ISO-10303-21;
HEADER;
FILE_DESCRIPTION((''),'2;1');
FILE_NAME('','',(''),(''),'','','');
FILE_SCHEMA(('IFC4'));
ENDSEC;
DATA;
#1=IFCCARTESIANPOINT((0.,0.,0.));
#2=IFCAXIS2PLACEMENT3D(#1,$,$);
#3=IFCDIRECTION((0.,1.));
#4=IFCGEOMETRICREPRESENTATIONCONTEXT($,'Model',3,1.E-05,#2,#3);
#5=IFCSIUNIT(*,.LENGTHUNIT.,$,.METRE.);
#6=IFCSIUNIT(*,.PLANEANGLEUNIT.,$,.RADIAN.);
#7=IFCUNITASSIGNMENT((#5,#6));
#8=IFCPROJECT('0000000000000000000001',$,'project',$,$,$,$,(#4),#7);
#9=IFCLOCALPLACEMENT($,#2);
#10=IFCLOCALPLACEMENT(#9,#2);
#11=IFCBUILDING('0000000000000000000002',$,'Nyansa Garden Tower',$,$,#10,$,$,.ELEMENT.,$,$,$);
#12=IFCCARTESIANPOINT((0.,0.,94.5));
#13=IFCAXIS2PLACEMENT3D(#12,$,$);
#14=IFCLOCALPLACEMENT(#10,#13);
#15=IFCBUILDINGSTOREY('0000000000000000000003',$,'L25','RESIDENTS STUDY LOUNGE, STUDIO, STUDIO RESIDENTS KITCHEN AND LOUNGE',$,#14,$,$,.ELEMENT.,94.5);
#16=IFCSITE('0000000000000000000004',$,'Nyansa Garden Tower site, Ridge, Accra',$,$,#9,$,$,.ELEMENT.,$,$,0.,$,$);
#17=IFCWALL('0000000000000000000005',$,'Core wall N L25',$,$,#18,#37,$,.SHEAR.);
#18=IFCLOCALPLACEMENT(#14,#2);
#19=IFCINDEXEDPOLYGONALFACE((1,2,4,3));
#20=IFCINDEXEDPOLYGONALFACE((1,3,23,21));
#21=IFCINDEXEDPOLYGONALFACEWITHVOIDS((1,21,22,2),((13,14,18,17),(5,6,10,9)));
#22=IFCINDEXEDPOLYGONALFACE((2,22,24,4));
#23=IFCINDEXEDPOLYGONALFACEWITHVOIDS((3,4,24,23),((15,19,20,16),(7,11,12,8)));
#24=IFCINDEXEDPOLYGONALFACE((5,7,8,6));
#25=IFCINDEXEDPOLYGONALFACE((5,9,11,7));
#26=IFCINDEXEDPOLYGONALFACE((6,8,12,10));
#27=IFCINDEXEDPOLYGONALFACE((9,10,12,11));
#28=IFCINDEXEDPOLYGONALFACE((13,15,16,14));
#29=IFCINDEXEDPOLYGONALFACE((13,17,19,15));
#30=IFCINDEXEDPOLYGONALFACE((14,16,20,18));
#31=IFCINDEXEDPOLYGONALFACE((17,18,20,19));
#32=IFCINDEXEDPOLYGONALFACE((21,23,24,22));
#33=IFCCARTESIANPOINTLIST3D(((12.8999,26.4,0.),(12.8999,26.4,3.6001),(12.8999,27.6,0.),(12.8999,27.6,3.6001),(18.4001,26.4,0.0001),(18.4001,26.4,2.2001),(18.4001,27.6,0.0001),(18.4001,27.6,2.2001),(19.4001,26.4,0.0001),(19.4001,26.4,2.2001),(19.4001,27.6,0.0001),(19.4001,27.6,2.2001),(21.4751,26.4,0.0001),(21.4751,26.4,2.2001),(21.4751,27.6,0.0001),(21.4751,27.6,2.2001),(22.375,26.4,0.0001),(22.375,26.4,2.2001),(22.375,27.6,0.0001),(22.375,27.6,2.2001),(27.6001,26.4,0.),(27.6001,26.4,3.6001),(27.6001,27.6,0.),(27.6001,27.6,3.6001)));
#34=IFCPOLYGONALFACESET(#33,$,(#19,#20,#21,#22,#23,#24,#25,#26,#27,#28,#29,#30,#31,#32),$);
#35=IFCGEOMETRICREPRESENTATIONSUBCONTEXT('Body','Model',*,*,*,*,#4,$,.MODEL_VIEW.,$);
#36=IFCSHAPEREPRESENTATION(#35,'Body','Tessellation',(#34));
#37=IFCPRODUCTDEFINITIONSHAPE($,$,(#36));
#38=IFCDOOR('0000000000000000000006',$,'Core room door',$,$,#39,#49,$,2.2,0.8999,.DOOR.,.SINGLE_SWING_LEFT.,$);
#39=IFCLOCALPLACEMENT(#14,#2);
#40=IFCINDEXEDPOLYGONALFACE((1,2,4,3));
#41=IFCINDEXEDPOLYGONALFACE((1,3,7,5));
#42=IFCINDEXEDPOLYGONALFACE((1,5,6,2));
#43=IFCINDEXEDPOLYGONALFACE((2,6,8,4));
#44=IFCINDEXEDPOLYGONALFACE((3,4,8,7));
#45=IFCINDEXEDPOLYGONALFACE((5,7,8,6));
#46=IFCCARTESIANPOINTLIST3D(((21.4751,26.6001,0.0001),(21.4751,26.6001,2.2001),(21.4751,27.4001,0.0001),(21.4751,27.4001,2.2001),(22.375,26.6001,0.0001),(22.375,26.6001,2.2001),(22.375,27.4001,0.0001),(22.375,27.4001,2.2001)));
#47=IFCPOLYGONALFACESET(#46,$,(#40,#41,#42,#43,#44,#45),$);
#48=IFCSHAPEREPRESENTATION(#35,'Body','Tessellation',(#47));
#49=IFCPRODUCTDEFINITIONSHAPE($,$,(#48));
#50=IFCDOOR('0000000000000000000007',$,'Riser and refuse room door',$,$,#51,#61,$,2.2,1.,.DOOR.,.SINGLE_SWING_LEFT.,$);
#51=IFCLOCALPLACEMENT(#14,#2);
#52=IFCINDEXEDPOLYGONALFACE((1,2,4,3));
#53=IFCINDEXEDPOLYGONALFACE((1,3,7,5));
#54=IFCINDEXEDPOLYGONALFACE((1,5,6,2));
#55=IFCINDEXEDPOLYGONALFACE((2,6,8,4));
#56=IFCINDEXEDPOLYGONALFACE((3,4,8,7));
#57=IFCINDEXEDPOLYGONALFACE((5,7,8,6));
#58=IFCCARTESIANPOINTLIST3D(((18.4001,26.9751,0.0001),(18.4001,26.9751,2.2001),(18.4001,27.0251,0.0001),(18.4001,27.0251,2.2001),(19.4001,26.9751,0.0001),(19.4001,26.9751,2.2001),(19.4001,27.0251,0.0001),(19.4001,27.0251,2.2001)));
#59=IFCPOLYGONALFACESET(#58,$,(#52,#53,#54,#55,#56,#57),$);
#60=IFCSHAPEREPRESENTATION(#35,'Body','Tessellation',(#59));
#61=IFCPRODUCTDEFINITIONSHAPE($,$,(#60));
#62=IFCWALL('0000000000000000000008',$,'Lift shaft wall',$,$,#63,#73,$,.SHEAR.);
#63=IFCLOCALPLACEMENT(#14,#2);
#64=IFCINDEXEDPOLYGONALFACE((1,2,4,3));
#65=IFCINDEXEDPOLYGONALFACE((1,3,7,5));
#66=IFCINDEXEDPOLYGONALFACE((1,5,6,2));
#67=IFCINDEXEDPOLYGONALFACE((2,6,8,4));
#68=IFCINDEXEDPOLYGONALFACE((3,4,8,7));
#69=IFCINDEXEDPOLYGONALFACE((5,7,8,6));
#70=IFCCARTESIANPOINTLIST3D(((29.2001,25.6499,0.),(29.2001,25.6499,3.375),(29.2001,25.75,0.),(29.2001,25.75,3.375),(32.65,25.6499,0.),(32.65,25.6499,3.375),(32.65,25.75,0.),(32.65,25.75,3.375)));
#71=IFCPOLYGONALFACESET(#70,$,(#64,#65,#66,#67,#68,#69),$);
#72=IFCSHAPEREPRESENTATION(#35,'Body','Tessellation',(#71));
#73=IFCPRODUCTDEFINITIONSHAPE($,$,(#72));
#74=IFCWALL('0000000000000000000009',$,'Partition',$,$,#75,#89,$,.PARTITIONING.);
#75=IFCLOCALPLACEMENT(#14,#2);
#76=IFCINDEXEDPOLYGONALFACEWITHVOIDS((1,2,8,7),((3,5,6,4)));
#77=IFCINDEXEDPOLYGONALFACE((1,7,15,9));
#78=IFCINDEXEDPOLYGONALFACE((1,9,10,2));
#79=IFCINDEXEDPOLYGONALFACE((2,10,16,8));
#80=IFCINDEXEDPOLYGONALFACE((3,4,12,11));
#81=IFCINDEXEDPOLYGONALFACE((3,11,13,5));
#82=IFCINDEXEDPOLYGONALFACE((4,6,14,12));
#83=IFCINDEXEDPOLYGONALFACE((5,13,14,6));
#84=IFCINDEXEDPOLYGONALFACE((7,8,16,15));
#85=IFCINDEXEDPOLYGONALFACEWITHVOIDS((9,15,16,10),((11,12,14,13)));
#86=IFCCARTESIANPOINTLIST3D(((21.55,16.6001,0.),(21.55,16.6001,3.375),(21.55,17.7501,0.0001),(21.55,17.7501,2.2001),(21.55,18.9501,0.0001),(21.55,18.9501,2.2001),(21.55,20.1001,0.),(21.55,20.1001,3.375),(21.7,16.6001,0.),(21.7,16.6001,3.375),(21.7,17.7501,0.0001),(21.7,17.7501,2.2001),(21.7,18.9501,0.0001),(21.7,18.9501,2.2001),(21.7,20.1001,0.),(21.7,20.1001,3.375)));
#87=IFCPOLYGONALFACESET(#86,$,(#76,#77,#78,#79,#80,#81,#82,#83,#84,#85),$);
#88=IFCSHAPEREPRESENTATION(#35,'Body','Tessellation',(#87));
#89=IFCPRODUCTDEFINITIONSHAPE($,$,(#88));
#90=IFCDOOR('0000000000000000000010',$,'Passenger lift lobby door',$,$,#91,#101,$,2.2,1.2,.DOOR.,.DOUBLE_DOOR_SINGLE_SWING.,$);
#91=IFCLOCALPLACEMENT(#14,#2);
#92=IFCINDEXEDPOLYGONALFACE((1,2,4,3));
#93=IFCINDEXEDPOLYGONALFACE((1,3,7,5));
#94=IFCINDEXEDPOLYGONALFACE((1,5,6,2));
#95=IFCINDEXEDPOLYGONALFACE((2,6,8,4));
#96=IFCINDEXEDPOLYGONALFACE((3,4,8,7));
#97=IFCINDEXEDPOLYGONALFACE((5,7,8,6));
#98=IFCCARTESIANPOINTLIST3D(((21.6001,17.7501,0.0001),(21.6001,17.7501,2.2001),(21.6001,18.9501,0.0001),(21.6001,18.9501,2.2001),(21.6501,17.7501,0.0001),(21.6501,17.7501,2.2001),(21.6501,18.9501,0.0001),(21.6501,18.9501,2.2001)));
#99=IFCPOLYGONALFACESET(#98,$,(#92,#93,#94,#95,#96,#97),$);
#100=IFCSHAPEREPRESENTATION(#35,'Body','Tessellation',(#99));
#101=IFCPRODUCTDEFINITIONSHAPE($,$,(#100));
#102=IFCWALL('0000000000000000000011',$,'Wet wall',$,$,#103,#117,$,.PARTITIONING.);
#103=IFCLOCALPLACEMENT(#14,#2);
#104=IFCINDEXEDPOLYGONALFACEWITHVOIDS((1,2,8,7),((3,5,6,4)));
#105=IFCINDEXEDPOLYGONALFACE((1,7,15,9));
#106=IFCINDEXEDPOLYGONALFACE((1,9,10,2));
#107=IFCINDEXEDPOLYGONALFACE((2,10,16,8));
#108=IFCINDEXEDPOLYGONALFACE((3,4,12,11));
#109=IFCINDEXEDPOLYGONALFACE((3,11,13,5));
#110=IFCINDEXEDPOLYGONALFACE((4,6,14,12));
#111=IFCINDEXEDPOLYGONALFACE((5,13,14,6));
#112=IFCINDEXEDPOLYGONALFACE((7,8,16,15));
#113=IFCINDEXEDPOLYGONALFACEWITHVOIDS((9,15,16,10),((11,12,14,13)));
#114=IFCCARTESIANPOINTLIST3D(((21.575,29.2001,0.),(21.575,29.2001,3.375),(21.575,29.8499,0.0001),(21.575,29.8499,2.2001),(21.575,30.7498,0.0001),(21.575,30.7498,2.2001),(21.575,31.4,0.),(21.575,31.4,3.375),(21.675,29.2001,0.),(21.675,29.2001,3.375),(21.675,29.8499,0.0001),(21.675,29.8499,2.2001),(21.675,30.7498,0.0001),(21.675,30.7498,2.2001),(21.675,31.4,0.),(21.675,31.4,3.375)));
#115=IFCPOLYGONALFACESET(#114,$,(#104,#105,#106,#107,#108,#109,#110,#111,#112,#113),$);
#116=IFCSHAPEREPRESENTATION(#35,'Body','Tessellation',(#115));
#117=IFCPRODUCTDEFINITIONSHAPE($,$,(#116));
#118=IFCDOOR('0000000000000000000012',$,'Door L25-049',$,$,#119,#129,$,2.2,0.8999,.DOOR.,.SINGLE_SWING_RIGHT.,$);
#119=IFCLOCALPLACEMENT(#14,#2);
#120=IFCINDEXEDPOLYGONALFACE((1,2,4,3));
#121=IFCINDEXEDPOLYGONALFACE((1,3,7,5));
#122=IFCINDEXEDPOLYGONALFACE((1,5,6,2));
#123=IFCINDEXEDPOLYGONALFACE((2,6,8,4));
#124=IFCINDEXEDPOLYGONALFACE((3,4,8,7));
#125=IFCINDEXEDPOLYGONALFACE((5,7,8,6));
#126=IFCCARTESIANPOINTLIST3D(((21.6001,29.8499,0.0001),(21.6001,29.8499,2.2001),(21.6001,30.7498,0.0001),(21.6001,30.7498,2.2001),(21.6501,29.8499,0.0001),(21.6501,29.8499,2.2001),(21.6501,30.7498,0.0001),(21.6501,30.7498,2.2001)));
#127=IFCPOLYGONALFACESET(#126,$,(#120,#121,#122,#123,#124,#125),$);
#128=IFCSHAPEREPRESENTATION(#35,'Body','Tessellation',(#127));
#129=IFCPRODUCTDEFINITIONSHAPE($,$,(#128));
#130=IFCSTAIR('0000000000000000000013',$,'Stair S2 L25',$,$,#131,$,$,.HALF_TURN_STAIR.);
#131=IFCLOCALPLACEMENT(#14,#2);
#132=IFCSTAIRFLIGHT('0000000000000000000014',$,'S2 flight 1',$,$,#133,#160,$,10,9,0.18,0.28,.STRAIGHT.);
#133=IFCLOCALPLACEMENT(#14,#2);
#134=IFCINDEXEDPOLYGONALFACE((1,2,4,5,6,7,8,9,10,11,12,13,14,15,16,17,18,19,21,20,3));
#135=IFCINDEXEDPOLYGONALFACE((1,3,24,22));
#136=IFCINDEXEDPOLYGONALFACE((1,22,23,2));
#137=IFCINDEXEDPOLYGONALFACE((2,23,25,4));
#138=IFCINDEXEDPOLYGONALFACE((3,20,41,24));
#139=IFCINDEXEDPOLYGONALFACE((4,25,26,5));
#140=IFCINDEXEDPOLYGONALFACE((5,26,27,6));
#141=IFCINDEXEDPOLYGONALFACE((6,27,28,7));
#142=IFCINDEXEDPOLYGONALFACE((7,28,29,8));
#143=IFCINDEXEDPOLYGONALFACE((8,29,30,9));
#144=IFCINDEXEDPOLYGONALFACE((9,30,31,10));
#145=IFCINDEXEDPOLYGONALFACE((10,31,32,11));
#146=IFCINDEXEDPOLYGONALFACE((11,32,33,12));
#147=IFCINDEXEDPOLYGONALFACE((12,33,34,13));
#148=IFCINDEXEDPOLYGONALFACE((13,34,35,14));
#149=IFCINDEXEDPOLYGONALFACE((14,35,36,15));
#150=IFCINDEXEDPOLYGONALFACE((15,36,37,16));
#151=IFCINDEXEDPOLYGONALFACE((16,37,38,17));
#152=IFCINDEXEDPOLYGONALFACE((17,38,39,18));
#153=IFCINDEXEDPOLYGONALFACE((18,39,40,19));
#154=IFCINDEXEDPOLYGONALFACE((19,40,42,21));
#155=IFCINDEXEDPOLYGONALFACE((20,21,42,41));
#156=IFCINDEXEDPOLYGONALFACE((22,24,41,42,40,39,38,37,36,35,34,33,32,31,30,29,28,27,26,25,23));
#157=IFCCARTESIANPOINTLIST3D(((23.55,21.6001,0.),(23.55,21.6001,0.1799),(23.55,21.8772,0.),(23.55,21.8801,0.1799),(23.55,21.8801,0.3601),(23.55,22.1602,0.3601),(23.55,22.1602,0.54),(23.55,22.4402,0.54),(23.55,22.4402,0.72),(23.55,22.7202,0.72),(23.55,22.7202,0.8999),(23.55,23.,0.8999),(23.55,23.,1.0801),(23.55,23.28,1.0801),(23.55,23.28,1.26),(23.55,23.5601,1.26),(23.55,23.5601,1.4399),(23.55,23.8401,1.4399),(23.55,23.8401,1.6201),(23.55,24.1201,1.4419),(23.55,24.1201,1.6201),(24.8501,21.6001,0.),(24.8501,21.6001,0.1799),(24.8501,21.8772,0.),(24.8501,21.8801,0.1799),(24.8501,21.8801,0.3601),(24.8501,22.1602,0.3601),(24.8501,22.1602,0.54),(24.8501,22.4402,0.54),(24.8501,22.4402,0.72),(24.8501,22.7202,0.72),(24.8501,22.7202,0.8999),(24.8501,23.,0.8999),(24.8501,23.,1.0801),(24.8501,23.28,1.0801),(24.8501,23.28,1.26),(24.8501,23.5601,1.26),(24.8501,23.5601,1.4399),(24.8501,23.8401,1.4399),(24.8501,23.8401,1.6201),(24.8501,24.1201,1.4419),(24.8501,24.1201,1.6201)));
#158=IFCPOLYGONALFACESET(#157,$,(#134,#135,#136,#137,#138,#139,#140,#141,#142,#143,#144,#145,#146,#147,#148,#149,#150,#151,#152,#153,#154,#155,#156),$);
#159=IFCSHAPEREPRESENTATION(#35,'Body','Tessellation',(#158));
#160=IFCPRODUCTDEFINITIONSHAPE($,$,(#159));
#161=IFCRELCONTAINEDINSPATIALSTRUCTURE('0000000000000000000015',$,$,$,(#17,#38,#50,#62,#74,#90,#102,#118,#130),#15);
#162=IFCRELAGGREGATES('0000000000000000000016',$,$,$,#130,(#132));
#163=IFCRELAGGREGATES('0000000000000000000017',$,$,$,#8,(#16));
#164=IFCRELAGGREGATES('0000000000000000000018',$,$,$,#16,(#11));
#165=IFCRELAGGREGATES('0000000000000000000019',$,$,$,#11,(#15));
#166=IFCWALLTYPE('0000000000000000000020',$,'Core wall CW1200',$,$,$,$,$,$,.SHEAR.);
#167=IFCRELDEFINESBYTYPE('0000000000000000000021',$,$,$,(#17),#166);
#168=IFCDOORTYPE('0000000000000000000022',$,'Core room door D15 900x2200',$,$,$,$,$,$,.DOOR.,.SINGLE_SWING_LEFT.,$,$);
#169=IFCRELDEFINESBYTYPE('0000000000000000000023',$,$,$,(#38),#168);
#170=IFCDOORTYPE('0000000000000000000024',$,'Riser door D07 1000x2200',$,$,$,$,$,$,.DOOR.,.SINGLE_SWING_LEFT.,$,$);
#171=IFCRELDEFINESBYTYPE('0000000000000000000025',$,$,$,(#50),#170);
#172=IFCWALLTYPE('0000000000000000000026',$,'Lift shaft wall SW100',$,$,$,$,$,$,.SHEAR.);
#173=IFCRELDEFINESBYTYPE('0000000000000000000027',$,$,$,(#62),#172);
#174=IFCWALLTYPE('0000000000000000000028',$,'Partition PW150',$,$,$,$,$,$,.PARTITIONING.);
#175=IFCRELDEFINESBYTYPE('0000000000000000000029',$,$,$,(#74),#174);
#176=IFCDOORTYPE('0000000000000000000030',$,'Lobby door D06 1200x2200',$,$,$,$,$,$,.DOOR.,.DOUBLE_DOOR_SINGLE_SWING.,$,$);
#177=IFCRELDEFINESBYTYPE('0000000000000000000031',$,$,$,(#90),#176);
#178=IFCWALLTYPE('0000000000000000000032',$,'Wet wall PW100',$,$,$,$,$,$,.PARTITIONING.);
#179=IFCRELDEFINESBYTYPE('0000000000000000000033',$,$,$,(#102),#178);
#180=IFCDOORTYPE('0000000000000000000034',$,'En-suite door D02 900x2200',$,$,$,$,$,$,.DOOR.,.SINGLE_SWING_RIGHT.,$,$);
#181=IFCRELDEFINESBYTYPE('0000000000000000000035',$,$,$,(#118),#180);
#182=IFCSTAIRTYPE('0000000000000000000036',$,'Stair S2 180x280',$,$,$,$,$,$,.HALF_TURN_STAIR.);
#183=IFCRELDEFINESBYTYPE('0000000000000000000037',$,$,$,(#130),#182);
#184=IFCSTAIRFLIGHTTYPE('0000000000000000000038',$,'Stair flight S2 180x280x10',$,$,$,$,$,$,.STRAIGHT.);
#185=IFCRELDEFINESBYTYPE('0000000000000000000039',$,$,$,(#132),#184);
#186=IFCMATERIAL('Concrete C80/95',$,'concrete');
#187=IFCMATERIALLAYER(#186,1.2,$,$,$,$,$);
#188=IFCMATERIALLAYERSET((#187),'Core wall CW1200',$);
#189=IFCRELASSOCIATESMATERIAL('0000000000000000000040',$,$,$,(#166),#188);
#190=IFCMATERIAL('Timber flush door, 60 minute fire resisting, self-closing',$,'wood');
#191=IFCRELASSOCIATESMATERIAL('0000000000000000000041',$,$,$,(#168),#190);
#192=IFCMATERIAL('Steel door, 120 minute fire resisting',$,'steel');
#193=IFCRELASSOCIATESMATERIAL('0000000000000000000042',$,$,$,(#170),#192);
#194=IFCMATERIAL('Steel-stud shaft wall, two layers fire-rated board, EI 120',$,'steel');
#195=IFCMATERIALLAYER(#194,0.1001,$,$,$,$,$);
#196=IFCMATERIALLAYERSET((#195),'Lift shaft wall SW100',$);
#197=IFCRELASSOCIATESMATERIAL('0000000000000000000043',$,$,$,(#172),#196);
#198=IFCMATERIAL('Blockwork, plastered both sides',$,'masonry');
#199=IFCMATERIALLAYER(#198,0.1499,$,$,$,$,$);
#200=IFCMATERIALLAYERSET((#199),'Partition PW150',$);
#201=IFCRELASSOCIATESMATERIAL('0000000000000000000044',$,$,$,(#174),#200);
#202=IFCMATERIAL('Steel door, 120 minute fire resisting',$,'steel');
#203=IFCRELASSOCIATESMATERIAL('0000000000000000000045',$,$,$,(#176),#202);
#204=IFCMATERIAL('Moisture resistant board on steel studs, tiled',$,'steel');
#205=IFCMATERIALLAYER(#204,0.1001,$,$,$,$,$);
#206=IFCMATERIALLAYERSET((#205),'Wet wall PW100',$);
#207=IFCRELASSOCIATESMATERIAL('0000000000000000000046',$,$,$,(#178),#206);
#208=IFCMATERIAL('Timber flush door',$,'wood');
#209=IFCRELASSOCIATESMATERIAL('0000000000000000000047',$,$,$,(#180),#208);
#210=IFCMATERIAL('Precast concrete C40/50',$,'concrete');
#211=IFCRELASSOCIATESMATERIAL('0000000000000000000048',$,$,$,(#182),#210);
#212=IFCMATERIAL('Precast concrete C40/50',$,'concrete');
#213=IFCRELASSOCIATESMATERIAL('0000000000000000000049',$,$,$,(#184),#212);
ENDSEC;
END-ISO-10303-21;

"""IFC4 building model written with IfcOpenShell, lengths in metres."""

from ifc_helpers import new_model, si_unit, direction, frame, frame_2d, origin, place, context, subcontext, project, spatial, polyline, rectangle, outline, extrude, material, layer, layer_set, type_object, element, fill, aggregate, save


model = new_model("IFC4")

# Units and contexts
model_context = context("Model", 3, precision=1e-05, world=origin(), true_north=direction((0.0, 1.0)))
body_context = subcontext(model_context, "Body", "Model", "MODEL_VIEW")
ifc_project = project(units=[si_unit("LENGTHUNIT", "METRE"), si_unit("PLANEANGLEUNIT", "RADIAN")], contexts=[model_context])

# Site, building, storey
site_placement = place(None, origin())
site = spatial("IfcSite", under=ifc_project, at=site_placement, Name="Nyansa Garden Tower site, Ridge, Accra", CompositionType="ELEMENT", RefElevation=0.0)
building_placement = place(site_placement, origin())
building = spatial("IfcBuilding", under=site, at=building_placement, Name="Nyansa Garden Tower", CompositionType="ELEMENT")
storey_placement = place(building_placement, frame((0.0, 0.0, 94.5)))
storey = spatial("IfcBuildingStorey", under=building, at=storey_placement, Name="L25", Description="RESIDENTS STUDY LOUNGE, STUDIO, STUDIO RESIDENTS KITCHEN AND LOUNGE", CompositionType="ELEMENT", Elevation=94.5)

# Wall, openings, doors
ifc_material_1 = material(Name="Concrete C80/95", Category="concrete")
ifc_layer_1 = layer(ifc_material_1, 1.2)
ifc_layer_set_1 = layer_set([ifc_layer_1], Name="Core wall CW1200")
wall_type_1 = type_object("IfcWallType", Name="Core wall CW1200", PredefinedType="SHEAR", material=ifc_layer_set_1)
wall_1_placement = place(storey_placement, frame((27.6001, 27.0, 0.0), z_axis=(0.0, 0.0, 1.0), x_axis=(-1.0, 0.0, 0.0)))
wall_1 = element("IfcWall", 1, at=wall_1_placement, inside=storey, type_object=wall_type_1, Name="Core wall N L25", PredefinedType="SHEAR", context=body_context, shape_type="SweptSolid", body=[
    extrude(rectangle(XDim=14.7002, YDim=1.2, at=frame_2d((7.3501, 0.0))), origin(), (0.0, 0.0, 1.0), 3.6001),
])
opening_1_placement = place(wall_1_placement, frame((5.2251, 0.0, 0.0)))
opening_1 = element("IfcOpeningElement", 2, at=opening_1_placement, cuts=wall_1, PredefinedType="OPENING", context=body_context, shape_type="SweptSolid", body=[
    extrude(rectangle(XDim=0.8999, YDim=2.2, at=frame_2d((0.45, 1.1001))), frame((0.0, 0.6099, 0.0), z_axis=(0.0, -1.0, 0.0), x_axis=(1.0, 0.0, 0.0)), (0.0, 0.0, 1.0), 1.22),
])
opening_2_placement = place(wall_1_placement, frame((8.2, 0.0, 0.0)))
opening_2 = element("IfcOpeningElement", 3, at=opening_2_placement, cuts=wall_1, PredefinedType="OPENING", context=body_context, shape_type="SweptSolid", body=[
    extrude(rectangle(XDim=1.0, YDim=2.2, at=frame_2d((0.5, 1.1001))), frame((0.0, 0.6099, 0.0), z_axis=(0.0, -1.0, 0.0), x_axis=(1.0, 0.0, 0.0)), (0.0, 0.0, 1.0), 1.22),
])
ifc_material_2 = material(Name="Timber flush door, 60 minute fire resisting, self-closing", Category="wood")
door_type_1 = type_object("IfcDoorType", Name="Core room door D15 900x2200", OperationType="SINGLE_SWING_LEFT", PredefinedType="DOOR", material=ifc_material_2)
door_1_placement = place(opening_1_placement, origin())
door_1 = element("IfcDoor", 4, at=door_1_placement, inside=storey, type_object=door_type_1, Name="Core room door", OperationType="SINGLE_SWING_LEFT", OverallHeight=2.2, OverallWidth=0.8999, PredefinedType="DOOR", context=body_context, shape_type="SweptSolid", body=[
    extrude(rectangle(XDim=0.8999, YDim=2.2, at=frame_2d((0.45, 1.1001))), frame((0.0, 0.3999, 0.0), z_axis=(0.0, -1.0, 0.0), x_axis=(1.0, 0.0, 0.0)), (0.0, 0.0, 1.0), 0.8),
])
fill(opening_1, door_1)
ifc_material_3 = material(Name="Steel door, 120 minute fire resisting", Category="steel")
door_type_2 = type_object("IfcDoorType", Name="Riser door D07 1000x2200", OperationType="SINGLE_SWING_LEFT", PredefinedType="DOOR", material=ifc_material_3)
door_2_placement = place(opening_2_placement, origin())
door_2 = element("IfcDoor", 5, at=door_2_placement, inside=storey, type_object=door_type_2, Name="Riser and refuse room door", OperationType="SINGLE_SWING_LEFT", OverallHeight=2.2, OverallWidth=1.0, PredefinedType="DOOR", context=body_context, shape_type="SweptSolid", body=[
    extrude(rectangle(XDim=1.0, YDim=2.2, at=frame_2d((0.5, 1.1001))), frame((0.0, 0.0249, 0.0), z_axis=(0.0, -1.0, 0.0), x_axis=(1.0, 0.0, 0.0)), (0.0, 0.0, 1.0), 0.05),
])
fill(opening_2, door_2)

# Wall
ifc_material_4 = material(Name="Steel-stud shaft wall, two layers fire-rated board, EI 120", Category="steel")
ifc_layer_2 = layer(ifc_material_4, 0.1001)
ifc_layer_set_2 = layer_set([ifc_layer_2], Name="Lift shaft wall SW100")
wall_type_2 = type_object("IfcWallType", Name="Lift shaft wall SW100", PredefinedType="SHEAR", material=ifc_layer_set_2)
wall_2_placement = place(storey_placement, frame((29.2, 25.7, 0.0), z_axis=(0.0, 0.0, 1.0), x_axis=(1.0, 0.0, 0.0)))
element("IfcWall", 6, at=wall_2_placement, inside=storey, type_object=wall_type_2, Name="Lift shaft wall", PredefinedType="SHEAR", context=body_context, shape_type="SweptSolid", body=[
    extrude(rectangle(XDim=3.45, YDim=0.1001, at=frame_2d((1.7251, 0.0))), origin(), (0.0, 0.0, 1.0), 3.375),
])

# Walls, openings, doors
ifc_material_5 = material(Name="Blockwork, plastered both sides", Category="masonry")
ifc_layer_3 = layer(ifc_material_5, 0.1499)
ifc_layer_set_3 = layer_set([ifc_layer_3], Name="Partition PW150")
wall_type_3 = type_object("IfcWallType", Name="Partition PW150", PredefinedType="PARTITIONING", material=ifc_layer_set_3)
wall_3_placement = place(storey_placement, frame((21.625, 16.6001, 0.0), z_axis=(0.0, 0.0, 1.0), x_axis=(0.0, 1.0, 0.0)))
wall_3 = element("IfcWall", 7, at=wall_3_placement, inside=storey, type_object=wall_type_3, Name="Partition", PredefinedType="PARTITIONING", context=body_context, shape_type="SweptSolid", body=[
    extrude(rectangle(XDim=3.5, YDim=0.1499, at=frame_2d((1.75, 0.0))), origin(), (0.0, 0.0, 1.0), 3.375),
])
opening_3_placement = place(wall_3_placement, frame((1.1499, 0.0, 0.0)))
opening_3 = element("IfcOpeningElement", 8, at=opening_3_placement, cuts=wall_3, PredefinedType="OPENING", context=body_context, shape_type="SweptSolid", body=[
    extrude(rectangle(XDim=1.2, YDim=2.2, at=frame_2d((0.6001, 1.1001))), frame((0.0, 0.085, 0.0), z_axis=(0.0, -1.0, 0.0), x_axis=(1.0, 0.0, 0.0)), (0.0, 0.0, 1.0), 0.1699),
])
ifc_material_6 = material(Name="Steel door, 120 minute fire resisting", Category="steel")
door_type_3 = type_object("IfcDoorType", Name="Lobby door D06 1200x2200", OperationType="DOUBLE_DOOR_SINGLE_SWING", PredefinedType="DOOR", material=ifc_material_6)
door_3_placement = place(opening_3_placement, origin())
door_3 = element("IfcDoor", 9, at=door_3_placement, inside=storey, type_object=door_type_3, Name="Passenger lift lobby door", OperationType="DOUBLE_DOOR_SINGLE_SWING", OverallHeight=2.2, OverallWidth=1.2, PredefinedType="DOOR", context=body_context, shape_type="SweptSolid", body=[
    extrude(rectangle(XDim=1.2, YDim=2.2, at=frame_2d((0.6001, 1.1001))), frame((0.0, 0.0249, 0.0), z_axis=(0.0, -1.0, 0.0), x_axis=(1.0, 0.0, 0.0)), (0.0, 0.0, 1.0), 0.05),
])
fill(opening_3, door_3)
ifc_material_7 = material(Name="Moisture resistant board on steel studs, tiled", Category="steel")
ifc_layer_4 = layer(ifc_material_7, 0.1001)
ifc_layer_set_4 = layer_set([ifc_layer_4], Name="Wet wall PW100")
wall_type_4 = type_object("IfcWallType", Name="Wet wall PW100", PredefinedType="PARTITIONING", material=ifc_layer_set_4)
wall_4_placement = place(storey_placement, frame((21.625, 29.2, 0.0), z_axis=(0.0, 0.0, 1.0), x_axis=(0.0, 1.0, 0.0)))
wall_4 = element("IfcWall", 10, at=wall_4_placement, inside=storey, type_object=wall_type_4, Name="Wet wall", PredefinedType="PARTITIONING", context=body_context, shape_type="SweptSolid", body=[
    extrude(rectangle(XDim=2.2, YDim=0.1001, at=frame_2d((1.1001, 0.0))), origin(), (0.0, 0.0, 1.0), 3.375),
])
opening_4_placement = place(wall_4_placement, frame((0.6499, 0.0, 0.0)))
opening_4 = element("IfcOpeningElement", 11, at=opening_4_placement, cuts=wall_4, PredefinedType="OPENING", context=body_context, shape_type="SweptSolid", body=[
    extrude(rectangle(XDim=0.8999, YDim=2.2, at=frame_2d((0.45, 1.1001))), frame((0.0, 0.0601, 0.0), z_axis=(0.0, -1.0, 0.0), x_axis=(1.0, 0.0, 0.0)), (0.0, 0.0, 1.0), 0.1201),
])
ifc_material_8 = material(Name="Timber flush door", Category="wood")
door_type_4 = type_object("IfcDoorType", Name="En-suite door D02 900x2200", OperationType="SINGLE_SWING_RIGHT", PredefinedType="DOOR", material=ifc_material_8)
door_4_placement = place(opening_4_placement, origin())
door_4 = element("IfcDoor", 12, at=door_4_placement, inside=storey, type_object=door_type_4, Name="Door L25-049", OperationType="SINGLE_SWING_RIGHT", OverallHeight=2.2, OverallWidth=0.8999, PredefinedType="DOOR", context=body_context, shape_type="SweptSolid", body=[
    extrude(rectangle(XDim=0.8999, YDim=2.2, at=frame_2d((0.45, 1.1001))), frame((0.0, 0.0249, 0.0), z_axis=(0.0, -1.0, 0.0), x_axis=(1.0, 0.0, 0.0)), (0.0, 0.0, 1.0), 0.05),
])
fill(opening_4, door_4)

# Stair, stair flight
ifc_material_9 = material(Name="Precast concrete C40/50", Category="concrete")
stair_type = type_object("IfcStairType", Name="Stair S2 180x280", PredefinedType="HALF_TURN_STAIR", material=ifc_material_9)
stair_placement = place(storey_placement, origin())
stair = element("IfcStair", 13, at=stair_placement, inside=storey, type_object=stair_type, Name="Stair S2 L25", PredefinedType="HALF_TURN_STAIR")
ifc_material_10 = material(Name="Precast concrete C40/50", Category="concrete")
stair_flight_type = type_object("IfcStairFlightType", Name="Stair flight S2 180x280x10", PredefinedType="STRAIGHT", material=ifc_material_10)
stair_flight_1_placement = place(storey_placement, frame((24.2, 21.6001, 0.0), z_axis=(0.0, 0.0, 1.0), x_axis=(0.0, 1.0, 0.0)))
stair_flight_1 = element("IfcStairFlight", 14, at=stair_flight_1_placement, type_object=stair_flight_type, Name="S2 flight 1", NumberOfRisers=10, NumberOfTreads=9, PredefinedType="STRAIGHT", RiserHeight=0.18, TreadLength=0.28, context=body_context, shape_type="SweptSolid", body=[
    extrude(outline(polyline([(0.0, 0.0), (0.0, 0.1799), (0.28, 0.1799), (0.28, 0.3601), (0.5601, 0.3601), (0.5601, 0.54), (0.8401, 0.54), (0.8401, 0.72), (1.1201, 0.72), (1.1201, 0.8999), (1.3999, 0.8999), (1.3999, 1.0801), (1.6799, 1.0801), (1.6799, 1.26), (1.96, 1.26), (1.96, 1.4399), (2.24, 1.4399), (2.24, 1.6201), (2.52, 1.6201), (2.52, 1.8), (2.52, 1.4419), (0.2771, 0.0), (0.0, 0.0)])), frame((0.0, 0.6499, 0.0), z_axis=(0.0, -1.0, 0.0), x_axis=(1.0, 0.0, 0.0)), (0.0, 0.0, 1.0), 1.3),
])
aggregate(stair, [stair_flight_1])

save(model, "model.ifc")
